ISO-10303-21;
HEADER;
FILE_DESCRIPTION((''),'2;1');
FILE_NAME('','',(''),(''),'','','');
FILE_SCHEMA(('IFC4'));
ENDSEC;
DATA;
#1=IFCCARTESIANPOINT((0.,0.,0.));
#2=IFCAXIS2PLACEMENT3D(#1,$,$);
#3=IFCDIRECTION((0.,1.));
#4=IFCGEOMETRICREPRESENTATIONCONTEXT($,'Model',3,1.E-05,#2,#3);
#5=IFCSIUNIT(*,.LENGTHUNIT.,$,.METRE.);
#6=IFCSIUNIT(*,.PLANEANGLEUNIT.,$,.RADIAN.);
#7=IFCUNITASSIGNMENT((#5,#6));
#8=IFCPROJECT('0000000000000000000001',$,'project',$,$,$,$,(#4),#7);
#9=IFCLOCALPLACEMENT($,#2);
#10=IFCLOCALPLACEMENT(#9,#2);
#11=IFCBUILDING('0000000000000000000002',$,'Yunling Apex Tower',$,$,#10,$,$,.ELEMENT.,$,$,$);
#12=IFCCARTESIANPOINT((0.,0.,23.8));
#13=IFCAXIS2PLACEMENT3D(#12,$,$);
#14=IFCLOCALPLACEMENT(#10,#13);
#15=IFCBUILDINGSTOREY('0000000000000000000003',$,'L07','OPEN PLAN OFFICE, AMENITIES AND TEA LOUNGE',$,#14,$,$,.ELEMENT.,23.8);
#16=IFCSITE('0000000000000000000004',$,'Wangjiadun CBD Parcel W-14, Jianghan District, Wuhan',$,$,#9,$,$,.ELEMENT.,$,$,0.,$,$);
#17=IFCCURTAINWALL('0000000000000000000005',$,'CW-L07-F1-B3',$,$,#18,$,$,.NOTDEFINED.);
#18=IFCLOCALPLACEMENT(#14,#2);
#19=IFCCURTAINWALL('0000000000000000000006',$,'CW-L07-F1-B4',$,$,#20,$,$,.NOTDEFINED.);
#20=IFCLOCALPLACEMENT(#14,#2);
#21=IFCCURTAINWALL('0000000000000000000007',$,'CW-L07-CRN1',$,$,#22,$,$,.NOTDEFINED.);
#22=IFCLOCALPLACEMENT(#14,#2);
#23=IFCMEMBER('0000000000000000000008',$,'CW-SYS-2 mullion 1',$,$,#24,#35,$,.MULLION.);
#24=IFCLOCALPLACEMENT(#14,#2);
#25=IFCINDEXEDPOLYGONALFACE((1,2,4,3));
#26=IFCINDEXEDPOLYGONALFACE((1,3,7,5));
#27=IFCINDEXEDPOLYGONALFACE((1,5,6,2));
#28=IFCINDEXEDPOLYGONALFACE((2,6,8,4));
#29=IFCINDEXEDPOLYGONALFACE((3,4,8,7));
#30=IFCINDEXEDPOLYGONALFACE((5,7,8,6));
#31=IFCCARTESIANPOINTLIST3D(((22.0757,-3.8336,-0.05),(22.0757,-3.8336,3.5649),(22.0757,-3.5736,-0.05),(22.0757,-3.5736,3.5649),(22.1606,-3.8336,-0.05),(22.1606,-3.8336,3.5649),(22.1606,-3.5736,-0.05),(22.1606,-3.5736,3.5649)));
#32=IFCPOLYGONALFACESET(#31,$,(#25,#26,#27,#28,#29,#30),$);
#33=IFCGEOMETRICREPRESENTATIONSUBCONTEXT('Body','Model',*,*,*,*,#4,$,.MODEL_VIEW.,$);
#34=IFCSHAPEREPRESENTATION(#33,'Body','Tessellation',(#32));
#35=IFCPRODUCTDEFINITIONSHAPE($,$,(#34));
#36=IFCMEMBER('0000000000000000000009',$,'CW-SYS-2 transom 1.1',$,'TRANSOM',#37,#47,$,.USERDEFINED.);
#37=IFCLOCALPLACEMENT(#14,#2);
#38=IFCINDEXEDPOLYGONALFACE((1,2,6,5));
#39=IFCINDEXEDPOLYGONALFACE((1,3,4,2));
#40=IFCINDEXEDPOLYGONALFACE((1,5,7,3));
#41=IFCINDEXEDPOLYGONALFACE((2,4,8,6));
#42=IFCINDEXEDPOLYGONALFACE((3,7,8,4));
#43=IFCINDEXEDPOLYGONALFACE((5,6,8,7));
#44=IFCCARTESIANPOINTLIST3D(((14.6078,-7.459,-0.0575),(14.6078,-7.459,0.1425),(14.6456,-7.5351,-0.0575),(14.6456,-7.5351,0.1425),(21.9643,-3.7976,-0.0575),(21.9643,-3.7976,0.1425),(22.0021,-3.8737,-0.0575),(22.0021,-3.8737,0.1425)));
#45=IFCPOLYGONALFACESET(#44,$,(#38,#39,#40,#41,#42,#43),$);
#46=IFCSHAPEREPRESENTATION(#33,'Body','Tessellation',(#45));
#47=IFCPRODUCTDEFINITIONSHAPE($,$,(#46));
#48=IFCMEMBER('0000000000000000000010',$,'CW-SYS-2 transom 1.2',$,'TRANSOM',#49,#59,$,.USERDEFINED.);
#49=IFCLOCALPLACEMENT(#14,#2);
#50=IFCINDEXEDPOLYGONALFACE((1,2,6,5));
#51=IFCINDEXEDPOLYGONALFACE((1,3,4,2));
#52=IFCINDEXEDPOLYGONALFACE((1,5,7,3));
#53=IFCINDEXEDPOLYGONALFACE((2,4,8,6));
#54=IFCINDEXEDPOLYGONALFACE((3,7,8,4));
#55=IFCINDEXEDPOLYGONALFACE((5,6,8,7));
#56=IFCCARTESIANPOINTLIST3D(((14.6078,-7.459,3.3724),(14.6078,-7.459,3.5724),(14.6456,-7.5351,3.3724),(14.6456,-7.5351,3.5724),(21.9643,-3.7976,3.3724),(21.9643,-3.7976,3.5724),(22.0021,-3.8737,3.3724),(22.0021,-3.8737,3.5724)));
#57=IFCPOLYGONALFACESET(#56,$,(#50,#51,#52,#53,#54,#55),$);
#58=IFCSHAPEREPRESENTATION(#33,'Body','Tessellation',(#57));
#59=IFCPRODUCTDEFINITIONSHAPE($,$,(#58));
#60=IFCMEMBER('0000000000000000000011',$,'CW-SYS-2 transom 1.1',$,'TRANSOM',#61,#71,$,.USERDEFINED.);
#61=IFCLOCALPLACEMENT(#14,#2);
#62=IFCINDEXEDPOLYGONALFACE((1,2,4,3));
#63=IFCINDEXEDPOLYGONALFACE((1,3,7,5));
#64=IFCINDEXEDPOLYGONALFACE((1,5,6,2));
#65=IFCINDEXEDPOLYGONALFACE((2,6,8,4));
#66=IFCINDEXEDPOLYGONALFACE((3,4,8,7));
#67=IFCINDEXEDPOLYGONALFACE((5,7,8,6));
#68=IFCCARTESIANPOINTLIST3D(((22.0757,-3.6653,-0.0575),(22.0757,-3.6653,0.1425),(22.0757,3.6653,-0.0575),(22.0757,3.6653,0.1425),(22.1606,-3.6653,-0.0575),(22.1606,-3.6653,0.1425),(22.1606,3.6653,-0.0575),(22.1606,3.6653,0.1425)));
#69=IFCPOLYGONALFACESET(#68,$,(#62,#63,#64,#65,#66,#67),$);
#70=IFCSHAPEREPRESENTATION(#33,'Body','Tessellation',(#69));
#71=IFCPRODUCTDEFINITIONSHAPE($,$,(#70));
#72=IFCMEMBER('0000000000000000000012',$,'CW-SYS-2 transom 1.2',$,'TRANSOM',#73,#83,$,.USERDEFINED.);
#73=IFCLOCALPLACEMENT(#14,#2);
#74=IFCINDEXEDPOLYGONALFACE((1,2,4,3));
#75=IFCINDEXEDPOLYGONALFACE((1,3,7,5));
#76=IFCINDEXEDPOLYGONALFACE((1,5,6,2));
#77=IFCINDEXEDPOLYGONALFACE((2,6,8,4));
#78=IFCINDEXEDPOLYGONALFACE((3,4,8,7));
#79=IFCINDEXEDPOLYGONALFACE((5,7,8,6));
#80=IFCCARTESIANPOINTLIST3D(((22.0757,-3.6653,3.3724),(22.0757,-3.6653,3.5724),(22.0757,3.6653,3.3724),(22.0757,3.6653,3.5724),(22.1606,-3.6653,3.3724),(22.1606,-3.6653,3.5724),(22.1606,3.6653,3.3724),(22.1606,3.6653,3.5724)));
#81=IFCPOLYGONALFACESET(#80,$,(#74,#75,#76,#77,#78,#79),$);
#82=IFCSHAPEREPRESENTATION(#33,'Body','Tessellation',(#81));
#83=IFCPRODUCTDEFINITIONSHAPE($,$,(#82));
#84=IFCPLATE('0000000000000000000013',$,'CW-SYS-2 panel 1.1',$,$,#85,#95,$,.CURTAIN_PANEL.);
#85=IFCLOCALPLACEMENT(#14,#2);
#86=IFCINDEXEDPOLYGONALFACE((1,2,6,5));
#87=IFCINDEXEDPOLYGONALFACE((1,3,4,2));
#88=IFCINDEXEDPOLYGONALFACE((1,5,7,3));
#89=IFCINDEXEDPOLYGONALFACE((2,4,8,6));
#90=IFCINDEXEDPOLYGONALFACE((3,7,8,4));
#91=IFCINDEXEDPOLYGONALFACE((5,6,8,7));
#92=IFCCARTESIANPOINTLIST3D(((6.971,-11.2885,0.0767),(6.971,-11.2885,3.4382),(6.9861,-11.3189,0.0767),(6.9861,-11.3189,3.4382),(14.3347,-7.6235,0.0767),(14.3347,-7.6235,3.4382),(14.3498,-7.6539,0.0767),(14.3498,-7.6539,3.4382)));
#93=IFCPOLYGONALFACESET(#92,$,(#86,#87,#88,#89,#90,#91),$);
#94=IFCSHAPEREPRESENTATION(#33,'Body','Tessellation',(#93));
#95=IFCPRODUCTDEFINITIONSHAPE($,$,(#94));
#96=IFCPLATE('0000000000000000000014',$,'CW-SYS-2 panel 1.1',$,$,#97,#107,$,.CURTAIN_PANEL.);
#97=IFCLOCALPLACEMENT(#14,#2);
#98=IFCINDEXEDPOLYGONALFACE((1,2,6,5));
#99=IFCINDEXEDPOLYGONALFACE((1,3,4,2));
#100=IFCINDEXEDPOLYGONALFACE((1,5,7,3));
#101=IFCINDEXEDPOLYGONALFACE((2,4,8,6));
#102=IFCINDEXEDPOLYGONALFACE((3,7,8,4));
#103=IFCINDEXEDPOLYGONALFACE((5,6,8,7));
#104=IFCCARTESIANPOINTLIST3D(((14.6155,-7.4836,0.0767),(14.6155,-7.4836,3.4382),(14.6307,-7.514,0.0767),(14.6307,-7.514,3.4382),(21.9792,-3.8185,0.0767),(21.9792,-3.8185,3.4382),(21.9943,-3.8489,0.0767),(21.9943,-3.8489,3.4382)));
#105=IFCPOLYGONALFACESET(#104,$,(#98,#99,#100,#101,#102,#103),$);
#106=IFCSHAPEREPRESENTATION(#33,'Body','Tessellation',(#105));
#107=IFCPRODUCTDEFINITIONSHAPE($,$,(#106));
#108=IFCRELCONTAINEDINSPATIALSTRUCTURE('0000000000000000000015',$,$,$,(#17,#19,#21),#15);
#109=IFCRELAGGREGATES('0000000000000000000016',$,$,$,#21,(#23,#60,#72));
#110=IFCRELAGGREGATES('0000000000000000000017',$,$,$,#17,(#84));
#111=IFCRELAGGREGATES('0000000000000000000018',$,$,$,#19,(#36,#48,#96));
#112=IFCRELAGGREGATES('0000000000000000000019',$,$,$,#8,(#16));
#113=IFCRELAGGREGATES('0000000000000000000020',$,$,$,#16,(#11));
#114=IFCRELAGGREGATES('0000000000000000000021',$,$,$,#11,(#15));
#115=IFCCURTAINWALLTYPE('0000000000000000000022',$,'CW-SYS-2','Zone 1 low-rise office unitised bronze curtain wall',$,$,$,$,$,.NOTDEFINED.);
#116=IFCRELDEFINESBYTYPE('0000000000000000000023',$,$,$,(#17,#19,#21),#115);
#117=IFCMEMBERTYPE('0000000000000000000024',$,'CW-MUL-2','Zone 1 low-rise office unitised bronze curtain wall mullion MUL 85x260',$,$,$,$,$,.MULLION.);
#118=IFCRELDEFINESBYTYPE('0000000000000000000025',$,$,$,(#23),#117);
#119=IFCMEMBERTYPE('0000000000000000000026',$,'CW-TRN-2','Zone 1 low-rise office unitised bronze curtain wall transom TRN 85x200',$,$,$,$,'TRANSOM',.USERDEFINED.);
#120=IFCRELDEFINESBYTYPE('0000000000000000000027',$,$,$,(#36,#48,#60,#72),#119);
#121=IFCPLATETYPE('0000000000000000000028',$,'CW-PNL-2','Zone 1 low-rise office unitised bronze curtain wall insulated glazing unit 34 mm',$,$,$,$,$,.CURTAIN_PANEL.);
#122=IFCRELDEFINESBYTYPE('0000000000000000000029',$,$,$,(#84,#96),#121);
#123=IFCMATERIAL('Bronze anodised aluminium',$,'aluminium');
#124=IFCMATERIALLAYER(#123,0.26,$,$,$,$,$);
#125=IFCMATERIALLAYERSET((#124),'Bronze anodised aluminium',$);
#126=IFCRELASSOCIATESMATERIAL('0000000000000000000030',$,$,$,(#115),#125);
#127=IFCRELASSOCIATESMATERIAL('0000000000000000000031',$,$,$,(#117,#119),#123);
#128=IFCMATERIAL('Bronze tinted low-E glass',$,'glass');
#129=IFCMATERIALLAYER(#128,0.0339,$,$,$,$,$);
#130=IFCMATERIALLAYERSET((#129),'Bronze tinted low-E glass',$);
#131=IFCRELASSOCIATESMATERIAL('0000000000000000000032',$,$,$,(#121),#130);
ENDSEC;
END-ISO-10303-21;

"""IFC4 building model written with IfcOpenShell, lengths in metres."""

from ifc_helpers import new_model, si_unit, direction, frame, origin, origin_2d, place, context, subcontext, project, spatial, rectangle, extrude, source, transform, mapped, material, layer, layer_set, material_profile, profile_set, type_object, element, aggregate, save


model = new_model("IFC4")

# Units and contexts
model_context = context("Model", 3, precision=1e-05, world=origin(), true_north=direction((0.0, 1.0)))
body_context = subcontext(model_context, "Body", "Model", "MODEL_VIEW")
ifc_project = project(units=[si_unit("LENGTHUNIT", "METRE"), si_unit("PLANEANGLEUNIT", "RADIAN")], contexts=[model_context])

# Site, building, storey
site_placement = place(None, origin())
site = spatial("IfcSite", under=ifc_project, at=site_placement, Name="Wangjiadun CBD Parcel W-14, Jianghan District, Wuhan", CompositionType="ELEMENT", RefElevation=0.0)
building_placement = place(site_placement, origin())
building = spatial("IfcBuilding", under=site, at=building_placement, Name="Yunling Apex Tower", CompositionType="ELEMENT")
storey_placement = place(building_placement, frame((0.0, 0.0, 23.8)))
storey = spatial("IfcBuildingStorey", under=building, at=storey_placement, Name="L07", Description="OPEN PLAN OFFICE, AMENITIES AND TEA LOUNGE", CompositionType="ELEMENT", Elevation=23.8)

# Curtain wall
ifc_material_1 = material(Name="Bronze anodised aluminium", Category="aluminium")
ifc_layer_1 = layer(ifc_material_1, 0.26)
ifc_layer_set_1 = layer_set([ifc_layer_1], Name="Bronze anodised aluminium")
curtain_wall_type = type_object("IfcCurtainWallType", Name="CW-SYS-2", Description="Zone 1 low-rise office unitised bronze curtain wall", PredefinedType="NOTDEFINED", material=ifc_layer_set_1)
curtain_wall_1_placement = place(storey_placement, origin())
curtain_wall_1 = element("IfcCurtainWall", 1, at=curtain_wall_1_placement, inside=storey, type_object=curtain_wall_type, Name="CW-L07-F1-B3", PredefinedType="NOTDEFINED")
ifc_material_profile_1 = material_profile(ifc_material_1, rectangle(XDim=0.085, YDim=0.26, at=origin_2d()))
ifc_profile_set_1 = profile_set([ifc_material_profile_1], Name="Bronze anodised aluminium")
member_type_1 = type_object("IfcMemberType", Name="CW-MUL-2", Description="Zone 1 low-rise office unitised bronze curtain wall mullion MUL 85x260", PredefinedType="MULLION", material=ifc_profile_set_1)
shared_shape_1 = source(origin(), body_context, "Body", "SweptSolid", [
    extrude(rectangle(XDim=0.085, YDim=0.26, at=origin_2d()), origin(), (0.0, 0.0, 1.0), 3.615),
])

# Curtain wall
curtain_wall_2_placement = place(storey_placement, origin())
curtain_wall_2 = element("IfcCurtainWall", 2, at=curtain_wall_2_placement, inside=storey, type_object=curtain_wall_type, Name="CW-L07-F1-B4", PredefinedType="NOTDEFINED")

# Curtain wall, member
curtain_wall_3_placement = place(storey_placement, origin())
curtain_wall_3 = element("IfcCurtainWall", 3, at=curtain_wall_3_placement, inside=storey, type_object=curtain_wall_type, Name="CW-L07-CRN1", PredefinedType="NOTDEFINED")
member_1_placement = place(storey_placement, frame((22.1182, -3.7036, -0.05), z_axis=(0.0, 0.0, 1.0), x_axis=(-1.0, 0.0, 0.0)))
member_1 = element("IfcMember", 4, at=member_1_placement, type_object=member_type_1, Name="CW-SYS-2 mullion 1", PredefinedType="MULLION", context=body_context, shape_type="MappedRepresentation", body=[
    mapped(shared_shape_1, transform((0.0, 0.0, 0.0), scale=1.0)),
])

# Members
ifc_material_profile_2 = material_profile(ifc_material_1, rectangle(XDim=0.085, YDim=0.2, at=origin_2d()))
ifc_profile_set_2 = profile_set([ifc_material_profile_2], Name="Bronze anodised aluminium")
member_type_2 = type_object("IfcMemberType", Name="CW-TRN-2", Description="Zone 1 low-rise office unitised bronze curtain wall transom TRN 85x200", ElementType="TRANSOM", PredefinedType="USERDEFINED", material=ifc_profile_set_2)
shared_shape_2 = source(origin(), body_context, "Body", "SweptSolid", [
    extrude(rectangle(XDim=0.085, YDim=0.2, at=origin_2d()), origin(), (0.0, 0.0, 1.0), 8.2173),
])
member_2_placement = place(storey_placement, frame((14.6267, -7.4971, 0.0425), z_axis=(0.895246, 0.445573, 0.0), x_axis=(-0.445573, 0.895246, 0.0)))
member_2 = element("IfcMember", 5, at=member_2_placement, type_object=member_type_2, Name="CW-SYS-2 transom 1.1", ObjectType="TRANSOM", PredefinedType="USERDEFINED", context=body_context, shape_type="MappedRepresentation", body=[
    mapped(shared_shape_2, transform((0.0, 0.0, 0.0), scale=1.0)),
])
member_3_placement = place(storey_placement, frame((14.6267, -7.4971, 3.4724), z_axis=(0.895246, 0.445573, 0.0), x_axis=(-0.445573, 0.895246, 0.0)))
member_3 = element("IfcMember", 6, at=member_3_placement, type_object=member_type_2, Name="CW-SYS-2 transom 1.2", ObjectType="TRANSOM", PredefinedType="USERDEFINED", context=body_context, shape_type="MappedRepresentation", body=[
    mapped(shared_shape_2, transform((0.0, 0.0, 0.0), scale=1.0)),
])
shared_shape_3 = source(origin(), body_context, "Body", "SweptSolid", [
    extrude(rectangle(XDim=0.085, YDim=0.2, at=origin_2d()), origin(), (0.0, 0.0, 1.0), 7.3306),
])
member_4_placement = place(storey_placement, frame((22.1182, -3.6653, 0.0425), z_axis=(0.0, 1.0, 0.0), x_axis=(-1.0, 0.0, 0.0)))
member_4 = element("IfcMember", 7, at=member_4_placement, type_object=member_type_2, Name="CW-SYS-2 transom 1.1", ObjectType="TRANSOM", PredefinedType="USERDEFINED", context=body_context, shape_type="MappedRepresentation", body=[
    mapped(shared_shape_3, transform((0.0, 0.0, 0.0), scale=1.0)),
])
member_5_placement = place(storey_placement, frame((22.1182, -3.6653, 3.4724), z_axis=(0.0, 1.0, 0.0), x_axis=(-1.0, 0.0, 0.0)))
member_5 = element("IfcMember", 8, at=member_5_placement, type_object=member_type_2, Name="CW-SYS-2 transom 1.2", ObjectType="TRANSOM", PredefinedType="USERDEFINED", context=body_context, shape_type="MappedRepresentation", body=[
    mapped(shared_shape_3, transform((0.0, 0.0, 0.0), scale=1.0)),
])
aggregate(curtain_wall_3, [member_1, member_4, member_5])

# Plates
ifc_material_2 = material(Name="Bronze tinted low-E glass", Category="glass")
ifc_layer_2 = layer(ifc_material_2, 0.0339)
ifc_layer_set_2 = layer_set([ifc_layer_2], Name="Bronze tinted low-E glass")
plate_type = type_object("IfcPlateType", Name="CW-PNL-2", Description="Zone 1 low-rise office unitised bronze curtain wall insulated glazing unit 34 mm", PredefinedType="CURTAIN_PANEL", material=ifc_layer_set_2)
shared_shape_4 = source(origin(), body_context, "Body", "SweptSolid", [
    extrude(rectangle(XDim=8.2253, YDim=0.0339, at=origin_2d()), origin(), (0.0, 0.0, 1.0), 3.3616),
])
plate_1_placement = place(storey_placement, frame((10.6604, -9.4712, 0.0767), z_axis=(0.0, 0.0, 1.0), x_axis=(0.895247, 0.445571, 0.0)))
plate_1 = element("IfcPlate", 9, at=plate_1_placement, type_object=plate_type, Name="CW-SYS-2 panel 1.1", PredefinedType="CURTAIN_PANEL", context=body_context, shape_type="MappedRepresentation", body=[
    mapped(shared_shape_4, transform((0.0, 0.0, 0.0), scale=1.0)),
])
aggregate(curtain_wall_1, [plate_1])
plate_2_placement = place(storey_placement, frame((18.3049, -5.6663, 0.0767), z_axis=(0.0, 0.0, 1.0), x_axis=(0.895242, 0.44558, 0.0)))
plate_2 = element("IfcPlate", 10, at=plate_2_placement, type_object=plate_type, Name="CW-SYS-2 panel 1.1", PredefinedType="CURTAIN_PANEL", context=body_context, shape_type="MappedRepresentation", body=[
    mapped(shared_shape_4, transform((0.0, 0.0, 0.0), scale=1.0)),
])
aggregate(curtain_wall_2, [member_2, member_3, plate_2])

save(model, "model.ifc")
